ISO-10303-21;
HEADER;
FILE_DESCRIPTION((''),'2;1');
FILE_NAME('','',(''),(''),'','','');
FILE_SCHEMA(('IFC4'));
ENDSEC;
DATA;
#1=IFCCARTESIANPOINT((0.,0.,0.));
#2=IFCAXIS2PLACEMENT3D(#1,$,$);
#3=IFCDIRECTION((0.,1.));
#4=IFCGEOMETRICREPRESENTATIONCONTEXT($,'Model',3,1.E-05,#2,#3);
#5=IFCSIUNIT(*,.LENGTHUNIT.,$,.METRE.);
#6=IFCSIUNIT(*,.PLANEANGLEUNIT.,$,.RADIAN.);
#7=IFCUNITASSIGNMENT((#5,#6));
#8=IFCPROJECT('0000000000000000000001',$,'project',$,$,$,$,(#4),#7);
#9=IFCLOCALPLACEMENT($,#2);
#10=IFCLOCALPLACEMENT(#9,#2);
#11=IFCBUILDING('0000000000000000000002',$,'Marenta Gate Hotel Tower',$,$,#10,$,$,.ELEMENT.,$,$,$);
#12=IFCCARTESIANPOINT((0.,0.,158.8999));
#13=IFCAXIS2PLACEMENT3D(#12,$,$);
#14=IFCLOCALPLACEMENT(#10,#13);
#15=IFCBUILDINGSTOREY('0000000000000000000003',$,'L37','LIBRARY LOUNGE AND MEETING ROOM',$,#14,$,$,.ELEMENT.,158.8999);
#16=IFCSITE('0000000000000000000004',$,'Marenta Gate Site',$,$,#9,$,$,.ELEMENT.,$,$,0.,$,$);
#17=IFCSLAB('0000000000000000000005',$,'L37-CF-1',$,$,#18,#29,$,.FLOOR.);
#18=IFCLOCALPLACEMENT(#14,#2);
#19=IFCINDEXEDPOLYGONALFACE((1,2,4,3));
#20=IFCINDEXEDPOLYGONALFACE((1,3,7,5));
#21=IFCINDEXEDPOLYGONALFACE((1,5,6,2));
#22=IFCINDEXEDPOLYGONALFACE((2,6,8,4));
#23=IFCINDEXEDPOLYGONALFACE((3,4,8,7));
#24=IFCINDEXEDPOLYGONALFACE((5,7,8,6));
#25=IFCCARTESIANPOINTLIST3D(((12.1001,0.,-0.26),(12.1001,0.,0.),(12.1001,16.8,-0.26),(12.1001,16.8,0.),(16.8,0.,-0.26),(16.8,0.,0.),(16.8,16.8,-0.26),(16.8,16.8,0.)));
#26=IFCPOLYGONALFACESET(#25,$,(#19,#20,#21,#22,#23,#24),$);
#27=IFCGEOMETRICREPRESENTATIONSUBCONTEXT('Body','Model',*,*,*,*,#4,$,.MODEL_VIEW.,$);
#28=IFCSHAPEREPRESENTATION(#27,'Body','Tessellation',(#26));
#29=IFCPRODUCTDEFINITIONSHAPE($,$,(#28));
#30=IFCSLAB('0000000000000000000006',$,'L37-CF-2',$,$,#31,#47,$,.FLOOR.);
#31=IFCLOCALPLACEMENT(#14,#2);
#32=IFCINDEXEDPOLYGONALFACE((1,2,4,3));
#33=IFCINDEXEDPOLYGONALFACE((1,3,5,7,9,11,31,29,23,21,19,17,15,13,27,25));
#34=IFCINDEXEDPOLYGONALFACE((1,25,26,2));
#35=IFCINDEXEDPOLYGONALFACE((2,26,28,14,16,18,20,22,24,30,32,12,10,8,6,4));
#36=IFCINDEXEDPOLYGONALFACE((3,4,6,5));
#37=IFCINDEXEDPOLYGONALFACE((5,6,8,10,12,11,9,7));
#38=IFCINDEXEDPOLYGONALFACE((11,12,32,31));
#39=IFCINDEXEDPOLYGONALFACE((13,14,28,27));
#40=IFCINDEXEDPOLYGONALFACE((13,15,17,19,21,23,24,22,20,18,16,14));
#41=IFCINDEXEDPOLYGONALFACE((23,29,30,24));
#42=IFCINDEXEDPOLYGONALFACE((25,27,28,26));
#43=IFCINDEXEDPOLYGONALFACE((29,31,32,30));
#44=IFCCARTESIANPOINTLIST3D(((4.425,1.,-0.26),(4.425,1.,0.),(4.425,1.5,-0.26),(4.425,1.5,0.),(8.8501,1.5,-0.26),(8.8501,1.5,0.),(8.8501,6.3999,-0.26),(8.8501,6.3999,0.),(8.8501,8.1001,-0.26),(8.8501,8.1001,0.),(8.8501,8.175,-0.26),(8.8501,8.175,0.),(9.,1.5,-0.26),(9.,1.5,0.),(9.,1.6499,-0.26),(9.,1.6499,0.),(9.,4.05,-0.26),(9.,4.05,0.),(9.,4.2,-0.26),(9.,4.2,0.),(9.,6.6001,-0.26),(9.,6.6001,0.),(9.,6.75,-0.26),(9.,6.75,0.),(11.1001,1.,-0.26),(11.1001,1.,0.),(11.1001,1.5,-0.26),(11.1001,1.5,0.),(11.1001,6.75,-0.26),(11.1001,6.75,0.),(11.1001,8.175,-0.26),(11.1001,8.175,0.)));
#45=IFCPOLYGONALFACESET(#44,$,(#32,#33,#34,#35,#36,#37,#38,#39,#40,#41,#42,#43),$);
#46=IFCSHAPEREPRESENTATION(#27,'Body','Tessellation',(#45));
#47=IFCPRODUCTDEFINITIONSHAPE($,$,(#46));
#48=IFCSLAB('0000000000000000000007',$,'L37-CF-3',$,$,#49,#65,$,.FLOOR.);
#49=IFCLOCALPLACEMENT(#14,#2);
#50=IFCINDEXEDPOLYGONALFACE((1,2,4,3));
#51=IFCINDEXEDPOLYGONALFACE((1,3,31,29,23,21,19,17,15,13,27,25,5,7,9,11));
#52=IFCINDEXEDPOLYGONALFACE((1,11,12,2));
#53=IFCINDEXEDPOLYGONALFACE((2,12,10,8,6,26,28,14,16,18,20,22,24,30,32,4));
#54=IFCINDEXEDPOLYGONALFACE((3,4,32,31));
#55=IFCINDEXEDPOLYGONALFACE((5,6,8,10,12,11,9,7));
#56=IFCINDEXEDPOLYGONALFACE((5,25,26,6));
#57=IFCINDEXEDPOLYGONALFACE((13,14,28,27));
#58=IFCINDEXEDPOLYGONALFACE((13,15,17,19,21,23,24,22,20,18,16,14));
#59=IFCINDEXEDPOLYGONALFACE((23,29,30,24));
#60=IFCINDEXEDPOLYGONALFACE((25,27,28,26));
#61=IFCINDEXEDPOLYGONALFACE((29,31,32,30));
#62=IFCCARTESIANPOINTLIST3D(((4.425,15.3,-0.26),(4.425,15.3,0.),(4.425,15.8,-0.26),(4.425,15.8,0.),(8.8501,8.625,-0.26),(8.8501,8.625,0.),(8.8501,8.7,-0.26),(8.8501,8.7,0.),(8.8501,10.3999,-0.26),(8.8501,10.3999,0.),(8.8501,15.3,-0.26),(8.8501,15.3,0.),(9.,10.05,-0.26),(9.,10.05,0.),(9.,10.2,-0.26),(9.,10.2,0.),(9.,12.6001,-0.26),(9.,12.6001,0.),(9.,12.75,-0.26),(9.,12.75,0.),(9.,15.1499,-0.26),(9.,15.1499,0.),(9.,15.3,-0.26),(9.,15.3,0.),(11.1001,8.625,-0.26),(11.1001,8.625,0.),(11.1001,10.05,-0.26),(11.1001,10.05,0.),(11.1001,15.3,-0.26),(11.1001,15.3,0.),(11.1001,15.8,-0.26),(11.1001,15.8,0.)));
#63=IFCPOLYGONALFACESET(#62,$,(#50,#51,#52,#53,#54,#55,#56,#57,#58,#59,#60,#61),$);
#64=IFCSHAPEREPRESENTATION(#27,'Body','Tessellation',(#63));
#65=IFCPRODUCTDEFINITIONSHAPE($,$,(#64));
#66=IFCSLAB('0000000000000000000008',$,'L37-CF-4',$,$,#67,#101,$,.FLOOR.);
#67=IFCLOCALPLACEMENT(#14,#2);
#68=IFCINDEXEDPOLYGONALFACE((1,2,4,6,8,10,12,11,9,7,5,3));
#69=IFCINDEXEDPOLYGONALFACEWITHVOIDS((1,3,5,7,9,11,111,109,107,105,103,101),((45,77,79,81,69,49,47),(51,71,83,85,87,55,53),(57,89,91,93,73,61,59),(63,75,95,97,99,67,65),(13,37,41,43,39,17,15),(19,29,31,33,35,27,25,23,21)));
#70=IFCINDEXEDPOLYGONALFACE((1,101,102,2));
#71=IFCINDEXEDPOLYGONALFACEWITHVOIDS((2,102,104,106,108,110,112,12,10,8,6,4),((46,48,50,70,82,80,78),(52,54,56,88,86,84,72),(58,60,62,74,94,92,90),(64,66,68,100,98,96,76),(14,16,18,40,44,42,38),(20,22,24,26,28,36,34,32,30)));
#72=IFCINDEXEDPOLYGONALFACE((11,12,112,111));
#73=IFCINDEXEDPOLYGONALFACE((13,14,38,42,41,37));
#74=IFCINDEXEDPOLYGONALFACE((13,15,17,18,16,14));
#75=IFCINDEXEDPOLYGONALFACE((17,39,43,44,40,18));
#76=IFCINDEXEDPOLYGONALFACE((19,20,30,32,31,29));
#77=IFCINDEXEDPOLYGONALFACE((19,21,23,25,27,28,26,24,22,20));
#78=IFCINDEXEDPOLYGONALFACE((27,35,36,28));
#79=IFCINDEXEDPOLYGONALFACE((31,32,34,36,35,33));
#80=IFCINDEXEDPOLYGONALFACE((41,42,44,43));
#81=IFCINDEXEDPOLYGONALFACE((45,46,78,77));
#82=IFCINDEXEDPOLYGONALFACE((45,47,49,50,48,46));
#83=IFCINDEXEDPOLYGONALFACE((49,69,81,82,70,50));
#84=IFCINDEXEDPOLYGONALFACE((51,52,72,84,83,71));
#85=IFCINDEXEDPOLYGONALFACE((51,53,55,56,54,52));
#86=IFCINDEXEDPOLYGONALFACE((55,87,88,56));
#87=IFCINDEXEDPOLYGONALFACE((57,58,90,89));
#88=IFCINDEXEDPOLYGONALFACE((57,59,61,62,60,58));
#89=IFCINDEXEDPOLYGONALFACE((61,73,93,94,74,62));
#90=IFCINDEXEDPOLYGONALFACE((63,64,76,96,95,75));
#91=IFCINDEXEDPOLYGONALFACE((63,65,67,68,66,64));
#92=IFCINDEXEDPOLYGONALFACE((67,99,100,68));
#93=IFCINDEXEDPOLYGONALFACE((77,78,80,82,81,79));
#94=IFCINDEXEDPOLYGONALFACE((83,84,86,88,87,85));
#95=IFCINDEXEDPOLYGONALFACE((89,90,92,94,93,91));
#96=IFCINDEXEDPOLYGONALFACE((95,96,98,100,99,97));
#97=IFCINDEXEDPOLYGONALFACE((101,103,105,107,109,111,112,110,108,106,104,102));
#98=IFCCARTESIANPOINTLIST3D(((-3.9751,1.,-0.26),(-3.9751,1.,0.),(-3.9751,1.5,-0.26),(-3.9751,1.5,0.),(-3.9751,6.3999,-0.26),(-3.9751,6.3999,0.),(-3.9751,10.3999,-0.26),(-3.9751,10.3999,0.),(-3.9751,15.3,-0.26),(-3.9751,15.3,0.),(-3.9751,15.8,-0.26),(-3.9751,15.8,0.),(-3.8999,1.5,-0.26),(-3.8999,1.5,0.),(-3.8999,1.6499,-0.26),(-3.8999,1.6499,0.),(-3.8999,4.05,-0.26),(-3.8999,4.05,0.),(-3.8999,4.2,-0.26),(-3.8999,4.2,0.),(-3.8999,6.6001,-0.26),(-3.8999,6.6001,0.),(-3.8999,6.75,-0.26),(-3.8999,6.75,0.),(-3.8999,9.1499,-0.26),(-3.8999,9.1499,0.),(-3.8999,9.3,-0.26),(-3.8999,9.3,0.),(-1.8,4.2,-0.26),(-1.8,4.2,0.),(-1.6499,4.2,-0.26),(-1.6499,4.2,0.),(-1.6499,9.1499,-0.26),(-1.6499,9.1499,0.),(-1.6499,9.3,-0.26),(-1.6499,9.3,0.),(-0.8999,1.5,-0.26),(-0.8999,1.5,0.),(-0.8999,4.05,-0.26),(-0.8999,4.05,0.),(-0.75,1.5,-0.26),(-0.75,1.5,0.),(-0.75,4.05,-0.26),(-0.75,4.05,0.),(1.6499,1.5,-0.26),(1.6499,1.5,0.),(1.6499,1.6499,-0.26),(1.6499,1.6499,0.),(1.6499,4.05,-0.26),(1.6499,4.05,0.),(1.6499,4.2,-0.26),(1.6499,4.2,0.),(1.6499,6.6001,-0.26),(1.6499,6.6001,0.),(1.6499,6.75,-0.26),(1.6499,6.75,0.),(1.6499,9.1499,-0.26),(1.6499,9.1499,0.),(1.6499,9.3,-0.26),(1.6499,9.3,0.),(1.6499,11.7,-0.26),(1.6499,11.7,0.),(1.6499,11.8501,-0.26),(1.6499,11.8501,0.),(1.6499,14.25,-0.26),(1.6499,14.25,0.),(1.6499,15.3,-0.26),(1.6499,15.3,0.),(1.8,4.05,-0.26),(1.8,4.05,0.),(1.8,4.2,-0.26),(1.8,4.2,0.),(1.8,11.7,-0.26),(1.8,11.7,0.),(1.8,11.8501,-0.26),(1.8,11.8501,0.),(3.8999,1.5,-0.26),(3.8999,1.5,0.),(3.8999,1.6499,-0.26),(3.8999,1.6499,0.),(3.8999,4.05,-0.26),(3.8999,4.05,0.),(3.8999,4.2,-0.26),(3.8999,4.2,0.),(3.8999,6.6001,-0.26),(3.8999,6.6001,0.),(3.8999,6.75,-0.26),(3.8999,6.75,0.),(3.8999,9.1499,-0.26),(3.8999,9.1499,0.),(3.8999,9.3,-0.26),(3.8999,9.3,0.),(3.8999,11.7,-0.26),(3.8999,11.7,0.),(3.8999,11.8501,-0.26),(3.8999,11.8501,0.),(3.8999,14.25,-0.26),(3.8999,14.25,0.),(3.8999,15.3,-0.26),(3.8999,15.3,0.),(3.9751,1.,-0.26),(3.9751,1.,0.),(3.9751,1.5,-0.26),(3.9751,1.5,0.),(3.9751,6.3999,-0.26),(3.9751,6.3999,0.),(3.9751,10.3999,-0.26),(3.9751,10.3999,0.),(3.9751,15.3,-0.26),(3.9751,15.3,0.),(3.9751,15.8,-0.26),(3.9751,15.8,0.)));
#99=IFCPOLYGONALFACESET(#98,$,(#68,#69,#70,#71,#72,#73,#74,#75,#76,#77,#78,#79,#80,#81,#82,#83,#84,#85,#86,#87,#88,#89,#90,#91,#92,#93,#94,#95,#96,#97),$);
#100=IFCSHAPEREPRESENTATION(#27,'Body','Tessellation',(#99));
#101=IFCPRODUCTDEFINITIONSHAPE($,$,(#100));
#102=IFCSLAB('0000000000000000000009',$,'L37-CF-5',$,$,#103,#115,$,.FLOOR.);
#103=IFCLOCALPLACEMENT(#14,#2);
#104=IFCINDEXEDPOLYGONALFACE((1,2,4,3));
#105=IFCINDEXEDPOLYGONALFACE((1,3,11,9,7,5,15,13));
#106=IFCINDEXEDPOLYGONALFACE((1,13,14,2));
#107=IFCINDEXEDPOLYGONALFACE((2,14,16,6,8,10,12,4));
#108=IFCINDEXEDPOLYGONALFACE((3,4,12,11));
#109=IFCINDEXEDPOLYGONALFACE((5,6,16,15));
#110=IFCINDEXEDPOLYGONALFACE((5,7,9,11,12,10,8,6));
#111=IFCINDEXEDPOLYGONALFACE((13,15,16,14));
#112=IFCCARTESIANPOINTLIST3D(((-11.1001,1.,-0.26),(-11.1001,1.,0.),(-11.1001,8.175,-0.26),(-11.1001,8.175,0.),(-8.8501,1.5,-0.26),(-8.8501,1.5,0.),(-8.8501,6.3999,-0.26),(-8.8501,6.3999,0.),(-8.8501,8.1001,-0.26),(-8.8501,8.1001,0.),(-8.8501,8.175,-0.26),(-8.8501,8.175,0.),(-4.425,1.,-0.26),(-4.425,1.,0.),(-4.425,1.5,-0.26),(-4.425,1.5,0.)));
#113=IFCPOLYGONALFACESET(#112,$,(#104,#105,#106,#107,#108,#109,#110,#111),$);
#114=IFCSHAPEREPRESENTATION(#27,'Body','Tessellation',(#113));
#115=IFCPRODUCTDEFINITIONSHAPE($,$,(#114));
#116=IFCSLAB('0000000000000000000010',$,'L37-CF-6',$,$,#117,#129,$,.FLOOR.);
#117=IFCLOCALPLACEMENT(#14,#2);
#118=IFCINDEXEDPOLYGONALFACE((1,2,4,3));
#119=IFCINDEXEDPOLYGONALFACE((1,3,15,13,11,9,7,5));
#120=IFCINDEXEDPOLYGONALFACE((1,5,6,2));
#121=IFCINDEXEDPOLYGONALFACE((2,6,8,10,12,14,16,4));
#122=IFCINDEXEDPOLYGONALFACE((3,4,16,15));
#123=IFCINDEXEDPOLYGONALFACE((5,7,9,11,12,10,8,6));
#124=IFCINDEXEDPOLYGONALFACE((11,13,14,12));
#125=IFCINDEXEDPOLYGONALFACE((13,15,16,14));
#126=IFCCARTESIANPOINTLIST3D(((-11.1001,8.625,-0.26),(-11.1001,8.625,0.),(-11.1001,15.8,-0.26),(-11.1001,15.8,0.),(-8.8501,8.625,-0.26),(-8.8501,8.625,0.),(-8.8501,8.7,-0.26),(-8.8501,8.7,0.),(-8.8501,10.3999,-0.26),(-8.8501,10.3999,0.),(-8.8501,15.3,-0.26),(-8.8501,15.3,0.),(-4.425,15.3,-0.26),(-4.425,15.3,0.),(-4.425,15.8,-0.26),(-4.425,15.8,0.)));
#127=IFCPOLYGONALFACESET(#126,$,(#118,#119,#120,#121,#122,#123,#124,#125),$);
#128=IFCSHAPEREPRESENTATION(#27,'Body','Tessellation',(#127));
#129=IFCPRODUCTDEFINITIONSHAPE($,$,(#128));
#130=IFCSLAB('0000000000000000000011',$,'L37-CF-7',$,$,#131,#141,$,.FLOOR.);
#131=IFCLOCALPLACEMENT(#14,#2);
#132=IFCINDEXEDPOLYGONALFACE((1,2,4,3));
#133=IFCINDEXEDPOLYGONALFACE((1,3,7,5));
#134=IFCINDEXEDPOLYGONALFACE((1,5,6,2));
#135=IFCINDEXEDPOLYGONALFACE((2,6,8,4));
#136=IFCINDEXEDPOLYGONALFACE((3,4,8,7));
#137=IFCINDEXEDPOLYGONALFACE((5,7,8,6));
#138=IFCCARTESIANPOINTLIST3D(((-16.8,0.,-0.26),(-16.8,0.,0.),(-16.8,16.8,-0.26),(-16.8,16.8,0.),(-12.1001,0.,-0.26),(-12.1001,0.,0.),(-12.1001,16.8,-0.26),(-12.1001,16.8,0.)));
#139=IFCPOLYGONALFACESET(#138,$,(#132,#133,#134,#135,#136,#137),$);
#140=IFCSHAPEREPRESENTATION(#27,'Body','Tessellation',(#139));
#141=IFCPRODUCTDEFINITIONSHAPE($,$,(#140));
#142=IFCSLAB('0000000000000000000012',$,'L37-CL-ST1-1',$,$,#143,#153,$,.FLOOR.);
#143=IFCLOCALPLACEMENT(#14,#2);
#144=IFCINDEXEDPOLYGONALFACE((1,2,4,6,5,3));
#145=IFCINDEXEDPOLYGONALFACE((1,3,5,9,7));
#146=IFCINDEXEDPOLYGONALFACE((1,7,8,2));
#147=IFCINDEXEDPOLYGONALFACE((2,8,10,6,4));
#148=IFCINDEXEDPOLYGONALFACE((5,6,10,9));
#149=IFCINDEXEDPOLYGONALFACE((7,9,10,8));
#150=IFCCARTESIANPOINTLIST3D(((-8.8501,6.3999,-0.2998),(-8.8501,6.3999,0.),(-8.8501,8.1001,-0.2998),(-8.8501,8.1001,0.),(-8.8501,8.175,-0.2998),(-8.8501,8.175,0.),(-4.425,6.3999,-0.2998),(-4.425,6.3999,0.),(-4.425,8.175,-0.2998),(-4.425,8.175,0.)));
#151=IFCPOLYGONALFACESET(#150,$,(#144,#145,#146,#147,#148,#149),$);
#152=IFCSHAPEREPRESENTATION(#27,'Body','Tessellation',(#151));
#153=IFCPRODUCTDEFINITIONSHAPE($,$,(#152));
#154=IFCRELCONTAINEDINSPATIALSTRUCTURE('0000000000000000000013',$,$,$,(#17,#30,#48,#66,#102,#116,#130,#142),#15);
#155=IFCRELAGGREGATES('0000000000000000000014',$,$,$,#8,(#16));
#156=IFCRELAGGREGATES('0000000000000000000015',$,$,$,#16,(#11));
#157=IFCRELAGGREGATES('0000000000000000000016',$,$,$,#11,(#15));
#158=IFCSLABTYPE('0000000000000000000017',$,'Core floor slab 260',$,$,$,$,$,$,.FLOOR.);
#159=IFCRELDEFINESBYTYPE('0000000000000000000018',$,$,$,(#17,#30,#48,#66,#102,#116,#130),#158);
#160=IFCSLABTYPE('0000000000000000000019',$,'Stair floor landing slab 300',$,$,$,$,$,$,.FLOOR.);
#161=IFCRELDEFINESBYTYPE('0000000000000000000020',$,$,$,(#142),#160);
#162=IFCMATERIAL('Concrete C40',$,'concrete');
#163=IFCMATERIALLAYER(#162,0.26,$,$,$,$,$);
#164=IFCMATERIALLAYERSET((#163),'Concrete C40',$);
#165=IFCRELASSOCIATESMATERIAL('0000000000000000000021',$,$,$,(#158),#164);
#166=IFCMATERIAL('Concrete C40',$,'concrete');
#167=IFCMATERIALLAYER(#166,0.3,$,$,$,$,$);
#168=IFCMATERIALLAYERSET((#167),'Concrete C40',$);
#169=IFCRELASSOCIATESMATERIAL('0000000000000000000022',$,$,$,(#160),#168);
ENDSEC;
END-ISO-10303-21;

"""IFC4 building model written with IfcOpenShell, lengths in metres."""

from ifc_helpers import new_model, si_unit, direction, frame, origin, place, context, subcontext, project, spatial, polyline, outline, extrude, material, layer, layer_set, type_object, element, save


model = new_model("IFC4")

# Units and contexts
model_context = context("Model", 3, precision=1e-05, world=origin(), true_north=direction((0.0, 1.0)))
body_context = subcontext(model_context, "Body", "Model", "MODEL_VIEW")
ifc_project = project(units=[si_unit("LENGTHUNIT", "METRE"), si_unit("PLANEANGLEUNIT", "RADIAN")], contexts=[model_context])

# Site, building, storey
site_placement = place(None, origin())
site = spatial("IfcSite", under=ifc_project, at=site_placement, Name="Marenta Gate Site", CompositionType="ELEMENT", RefElevation=0.0)
building_placement = place(site_placement, origin())
building = spatial("IfcBuilding", under=site, at=building_placement, Name="Marenta Gate Hotel Tower", CompositionType="ELEMENT")
storey_placement = place(building_placement, frame((0.0, 0.0, 158.8999)))
storey = spatial("IfcBuildingStorey", under=building, at=storey_placement, Name="L37", Description="LIBRARY LOUNGE AND MEETING ROOM", CompositionType="ELEMENT", Elevation=158.8999)

# Slabs
ifc_material_1 = material(Name="Concrete C40", Category="concrete")
ifc_layer_1 = layer(ifc_material_1, 0.26)
ifc_layer_set_1 = layer_set([ifc_layer_1], Name="Concrete C40")
slab_type_1 = type_object("IfcSlabType", Name="Core floor slab 260", PredefinedType="FLOOR", material=ifc_layer_set_1)
slab_1_placement = place(storey_placement, frame((0.0, 0.0, -0.26)))
element("IfcSlab", 1, at=slab_1_placement, inside=storey, type_object=slab_type_1, Name="L37-CF-1", PredefinedType="FLOOR", context=body_context, shape_type="SweptSolid", body=[
    extrude(outline(polyline([(12.1001, 0.0), (12.1001, 16.8), (16.8, 16.8), (16.8, 0.0), (12.1001, 0.0)])), origin(), (0.0, 0.0, 1.0), 0.26),
])
slab_2_placement = place(storey_placement, frame((0.0, 0.0, -0.26)))
element("IfcSlab", 2, at=slab_2_placement, inside=storey, type_object=slab_type_1, Name="L37-CF-2", PredefinedType="FLOOR", context=body_context, shape_type="SweptSolid", body=[
    extrude(outline(polyline([(8.8501, 1.5), (8.8501, 6.3999), (8.8501, 8.1001), (8.8501, 8.175), (11.1001, 8.175), (11.1001, 6.75), (9.0, 6.75), (9.0, 6.6001), (9.0, 4.2), (9.0, 4.05), (9.0, 1.6499), (9.0, 1.5), (11.1001, 1.5), (11.1001, 1.0), (4.425, 1.0), (4.425, 1.5), (8.8501, 1.5)])), origin(), (0.0, 0.0, 1.0), 0.26),
])
slab_3_placement = place(storey_placement, frame((0.0, 0.0, -0.26)))
element("IfcSlab", 3, at=slab_3_placement, inside=storey, type_object=slab_type_1, Name="L37-CF-3", PredefinedType="FLOOR", context=body_context, shape_type="SweptSolid", body=[
    extrude(outline(polyline([(8.8501, 15.3), (4.425, 15.3), (4.425, 15.8), (11.1001, 15.8), (11.1001, 15.3), (9.0, 15.3), (9.0, 15.1499), (9.0, 12.75), (9.0, 12.6001), (9.0, 10.2), (9.0, 10.05), (11.1001, 10.05), (11.1001, 8.625), (8.8501, 8.625), (8.8501, 8.7), (8.8501, 10.3999), (8.8501, 15.3)])), origin(), (0.0, 0.0, 1.0), 0.26),
])
slab_4_placement = place(storey_placement, frame((0.0, 0.0, -0.26)))
element("IfcSlab", 4, at=slab_4_placement, inside=storey, type_object=slab_type_1, Name="L37-CF-4", PredefinedType="FLOOR", context=body_context, shape_type="SweptSolid", body=[
    extrude(outline(polyline([(3.9751, 15.3), (3.9751, 10.3999), (3.9751, 6.3999), (3.9751, 1.5), (3.9751, 1.0), (-3.9751, 1.0), (-3.9751, 1.5), (-3.9751, 6.3999), (-3.9751, 10.3999), (-3.9751, 15.3), (-3.9751, 15.8), (3.9751, 15.8), (3.9751, 15.3)]), holes=[polyline([(1.6499, 1.5), (3.8999, 1.5), (3.8999, 1.6499), (3.8999, 4.05), (1.8, 4.05), (1.6499, 4.05), (1.6499, 1.6499), (1.6499, 1.5)]), polyline([(1.6499, 6.6001), (1.6499, 4.2), (1.8, 4.2), (3.8999, 4.2), (3.8999, 6.6001), (3.8999, 6.75), (1.6499, 6.75), (1.6499, 6.6001)]), polyline([(1.6499, 9.1499), (3.8999, 9.1499), (3.8999, 9.3), (3.8999, 11.7), (1.8, 11.7), (1.6499, 11.7), (1.6499, 9.3), (1.6499, 9.1499)]), polyline([(1.6499, 15.3), (1.6499, 14.25), (1.6499, 11.8501), (1.8, 11.8501), (3.8999, 11.8501), (3.8999, 14.25), (3.8999, 15.3), (1.6499, 15.3)]), polyline([(-3.8999, 4.05), (-3.8999, 1.6499), (-3.8999, 1.5), (-0.8999, 1.5), (-0.75, 1.5), (-0.75, 4.05), (-0.8999, 4.05), (-3.8999, 4.05)]), polyline([(-1.8, 4.2), (-1.6499, 4.2), (-1.6499, 9.1499), (-1.6499, 9.3), (-3.8999, 9.3), (-3.8999, 9.1499), (-3.8999, 6.75), (-3.8999, 6.6001), (-3.8999, 4.2), (-1.8, 4.2)])]), origin(), (0.0, 0.0, 1.0), 0.26),
])
slab_5_placement = place(storey_placement, frame((0.0, 0.0, -0.26)))
element("IfcSlab", 5, at=slab_5_placement, inside=storey, type_object=slab_type_1, Name="L37-CF-5", PredefinedType="FLOOR", context=body_context, shape_type="SweptSolid", body=[
    extrude(outline(polyline([(-8.8501, 8.175), (-8.8501, 8.1001), (-8.8501, 6.3999), (-8.8501, 1.5), (-4.425, 1.5), (-4.425, 1.0), (-11.1001, 1.0), (-11.1001, 8.175), (-8.8501, 8.175)])), origin(), (0.0, 0.0, 1.0), 0.26),
])
slab_6_placement = place(storey_placement, frame((0.0, 0.0, -0.26)))
element("IfcSlab", 6, at=slab_6_placement, inside=storey, type_object=slab_type_1, Name="L37-CF-6", PredefinedType="FLOOR", context=body_context, shape_type="SweptSolid", body=[
    extrude(outline(polyline([(-4.425, 15.3), (-8.8501, 15.3), (-8.8501, 10.3999), (-8.8501, 8.7), (-8.8501, 8.625), (-11.1001, 8.625), (-11.1001, 15.8), (-4.425, 15.8), (-4.425, 15.3)])), origin(), (0.0, 0.0, 1.0), 0.26),
])
slab_7_placement = place(storey_placement, frame((0.0, 0.0, -0.26)))
element("IfcSlab", 7, at=slab_7_placement, inside=storey, type_object=slab_type_1, Name="L37-CF-7", PredefinedType="FLOOR", context=body_context, shape_type="SweptSolid", body=[
    extrude(outline(polyline([(-12.1001, 16.8), (-12.1001, 0.0), (-16.8, 0.0), (-16.8, 16.8), (-12.1001, 16.8)])), origin(), (0.0, 0.0, 1.0), 0.26),
])
ifc_material_2 = material(Name="Concrete C40", Category="concrete")
ifc_layer_2 = layer(ifc_material_2, 0.3)
ifc_layer_set_2 = layer_set([ifc_layer_2], Name="Concrete C40")
slab_type_2 = type_object("IfcSlabType", Name="Stair floor landing slab 300", PredefinedType="FLOOR", material=ifc_layer_set_2)
slab_8_placement = place(storey_placement, frame((0.0, 0.0, -0.2998)))
element("IfcSlab", 8, at=slab_8_placement, inside=storey, type_object=slab_type_2, Name="L37-CL-ST1-1", PredefinedType="FLOOR", context=body_context, shape_type="SweptSolid", body=[
    extrude(outline(polyline([(-4.425, 6.3999), (-8.8501, 6.3999), (-8.8501, 8.1001), (-8.8501, 8.175), (-4.425, 8.175), (-4.425, 6.3999)])), origin(), (0.0, 0.0, 1.0), 0.2998),
])

save(model, "model.ifc")
